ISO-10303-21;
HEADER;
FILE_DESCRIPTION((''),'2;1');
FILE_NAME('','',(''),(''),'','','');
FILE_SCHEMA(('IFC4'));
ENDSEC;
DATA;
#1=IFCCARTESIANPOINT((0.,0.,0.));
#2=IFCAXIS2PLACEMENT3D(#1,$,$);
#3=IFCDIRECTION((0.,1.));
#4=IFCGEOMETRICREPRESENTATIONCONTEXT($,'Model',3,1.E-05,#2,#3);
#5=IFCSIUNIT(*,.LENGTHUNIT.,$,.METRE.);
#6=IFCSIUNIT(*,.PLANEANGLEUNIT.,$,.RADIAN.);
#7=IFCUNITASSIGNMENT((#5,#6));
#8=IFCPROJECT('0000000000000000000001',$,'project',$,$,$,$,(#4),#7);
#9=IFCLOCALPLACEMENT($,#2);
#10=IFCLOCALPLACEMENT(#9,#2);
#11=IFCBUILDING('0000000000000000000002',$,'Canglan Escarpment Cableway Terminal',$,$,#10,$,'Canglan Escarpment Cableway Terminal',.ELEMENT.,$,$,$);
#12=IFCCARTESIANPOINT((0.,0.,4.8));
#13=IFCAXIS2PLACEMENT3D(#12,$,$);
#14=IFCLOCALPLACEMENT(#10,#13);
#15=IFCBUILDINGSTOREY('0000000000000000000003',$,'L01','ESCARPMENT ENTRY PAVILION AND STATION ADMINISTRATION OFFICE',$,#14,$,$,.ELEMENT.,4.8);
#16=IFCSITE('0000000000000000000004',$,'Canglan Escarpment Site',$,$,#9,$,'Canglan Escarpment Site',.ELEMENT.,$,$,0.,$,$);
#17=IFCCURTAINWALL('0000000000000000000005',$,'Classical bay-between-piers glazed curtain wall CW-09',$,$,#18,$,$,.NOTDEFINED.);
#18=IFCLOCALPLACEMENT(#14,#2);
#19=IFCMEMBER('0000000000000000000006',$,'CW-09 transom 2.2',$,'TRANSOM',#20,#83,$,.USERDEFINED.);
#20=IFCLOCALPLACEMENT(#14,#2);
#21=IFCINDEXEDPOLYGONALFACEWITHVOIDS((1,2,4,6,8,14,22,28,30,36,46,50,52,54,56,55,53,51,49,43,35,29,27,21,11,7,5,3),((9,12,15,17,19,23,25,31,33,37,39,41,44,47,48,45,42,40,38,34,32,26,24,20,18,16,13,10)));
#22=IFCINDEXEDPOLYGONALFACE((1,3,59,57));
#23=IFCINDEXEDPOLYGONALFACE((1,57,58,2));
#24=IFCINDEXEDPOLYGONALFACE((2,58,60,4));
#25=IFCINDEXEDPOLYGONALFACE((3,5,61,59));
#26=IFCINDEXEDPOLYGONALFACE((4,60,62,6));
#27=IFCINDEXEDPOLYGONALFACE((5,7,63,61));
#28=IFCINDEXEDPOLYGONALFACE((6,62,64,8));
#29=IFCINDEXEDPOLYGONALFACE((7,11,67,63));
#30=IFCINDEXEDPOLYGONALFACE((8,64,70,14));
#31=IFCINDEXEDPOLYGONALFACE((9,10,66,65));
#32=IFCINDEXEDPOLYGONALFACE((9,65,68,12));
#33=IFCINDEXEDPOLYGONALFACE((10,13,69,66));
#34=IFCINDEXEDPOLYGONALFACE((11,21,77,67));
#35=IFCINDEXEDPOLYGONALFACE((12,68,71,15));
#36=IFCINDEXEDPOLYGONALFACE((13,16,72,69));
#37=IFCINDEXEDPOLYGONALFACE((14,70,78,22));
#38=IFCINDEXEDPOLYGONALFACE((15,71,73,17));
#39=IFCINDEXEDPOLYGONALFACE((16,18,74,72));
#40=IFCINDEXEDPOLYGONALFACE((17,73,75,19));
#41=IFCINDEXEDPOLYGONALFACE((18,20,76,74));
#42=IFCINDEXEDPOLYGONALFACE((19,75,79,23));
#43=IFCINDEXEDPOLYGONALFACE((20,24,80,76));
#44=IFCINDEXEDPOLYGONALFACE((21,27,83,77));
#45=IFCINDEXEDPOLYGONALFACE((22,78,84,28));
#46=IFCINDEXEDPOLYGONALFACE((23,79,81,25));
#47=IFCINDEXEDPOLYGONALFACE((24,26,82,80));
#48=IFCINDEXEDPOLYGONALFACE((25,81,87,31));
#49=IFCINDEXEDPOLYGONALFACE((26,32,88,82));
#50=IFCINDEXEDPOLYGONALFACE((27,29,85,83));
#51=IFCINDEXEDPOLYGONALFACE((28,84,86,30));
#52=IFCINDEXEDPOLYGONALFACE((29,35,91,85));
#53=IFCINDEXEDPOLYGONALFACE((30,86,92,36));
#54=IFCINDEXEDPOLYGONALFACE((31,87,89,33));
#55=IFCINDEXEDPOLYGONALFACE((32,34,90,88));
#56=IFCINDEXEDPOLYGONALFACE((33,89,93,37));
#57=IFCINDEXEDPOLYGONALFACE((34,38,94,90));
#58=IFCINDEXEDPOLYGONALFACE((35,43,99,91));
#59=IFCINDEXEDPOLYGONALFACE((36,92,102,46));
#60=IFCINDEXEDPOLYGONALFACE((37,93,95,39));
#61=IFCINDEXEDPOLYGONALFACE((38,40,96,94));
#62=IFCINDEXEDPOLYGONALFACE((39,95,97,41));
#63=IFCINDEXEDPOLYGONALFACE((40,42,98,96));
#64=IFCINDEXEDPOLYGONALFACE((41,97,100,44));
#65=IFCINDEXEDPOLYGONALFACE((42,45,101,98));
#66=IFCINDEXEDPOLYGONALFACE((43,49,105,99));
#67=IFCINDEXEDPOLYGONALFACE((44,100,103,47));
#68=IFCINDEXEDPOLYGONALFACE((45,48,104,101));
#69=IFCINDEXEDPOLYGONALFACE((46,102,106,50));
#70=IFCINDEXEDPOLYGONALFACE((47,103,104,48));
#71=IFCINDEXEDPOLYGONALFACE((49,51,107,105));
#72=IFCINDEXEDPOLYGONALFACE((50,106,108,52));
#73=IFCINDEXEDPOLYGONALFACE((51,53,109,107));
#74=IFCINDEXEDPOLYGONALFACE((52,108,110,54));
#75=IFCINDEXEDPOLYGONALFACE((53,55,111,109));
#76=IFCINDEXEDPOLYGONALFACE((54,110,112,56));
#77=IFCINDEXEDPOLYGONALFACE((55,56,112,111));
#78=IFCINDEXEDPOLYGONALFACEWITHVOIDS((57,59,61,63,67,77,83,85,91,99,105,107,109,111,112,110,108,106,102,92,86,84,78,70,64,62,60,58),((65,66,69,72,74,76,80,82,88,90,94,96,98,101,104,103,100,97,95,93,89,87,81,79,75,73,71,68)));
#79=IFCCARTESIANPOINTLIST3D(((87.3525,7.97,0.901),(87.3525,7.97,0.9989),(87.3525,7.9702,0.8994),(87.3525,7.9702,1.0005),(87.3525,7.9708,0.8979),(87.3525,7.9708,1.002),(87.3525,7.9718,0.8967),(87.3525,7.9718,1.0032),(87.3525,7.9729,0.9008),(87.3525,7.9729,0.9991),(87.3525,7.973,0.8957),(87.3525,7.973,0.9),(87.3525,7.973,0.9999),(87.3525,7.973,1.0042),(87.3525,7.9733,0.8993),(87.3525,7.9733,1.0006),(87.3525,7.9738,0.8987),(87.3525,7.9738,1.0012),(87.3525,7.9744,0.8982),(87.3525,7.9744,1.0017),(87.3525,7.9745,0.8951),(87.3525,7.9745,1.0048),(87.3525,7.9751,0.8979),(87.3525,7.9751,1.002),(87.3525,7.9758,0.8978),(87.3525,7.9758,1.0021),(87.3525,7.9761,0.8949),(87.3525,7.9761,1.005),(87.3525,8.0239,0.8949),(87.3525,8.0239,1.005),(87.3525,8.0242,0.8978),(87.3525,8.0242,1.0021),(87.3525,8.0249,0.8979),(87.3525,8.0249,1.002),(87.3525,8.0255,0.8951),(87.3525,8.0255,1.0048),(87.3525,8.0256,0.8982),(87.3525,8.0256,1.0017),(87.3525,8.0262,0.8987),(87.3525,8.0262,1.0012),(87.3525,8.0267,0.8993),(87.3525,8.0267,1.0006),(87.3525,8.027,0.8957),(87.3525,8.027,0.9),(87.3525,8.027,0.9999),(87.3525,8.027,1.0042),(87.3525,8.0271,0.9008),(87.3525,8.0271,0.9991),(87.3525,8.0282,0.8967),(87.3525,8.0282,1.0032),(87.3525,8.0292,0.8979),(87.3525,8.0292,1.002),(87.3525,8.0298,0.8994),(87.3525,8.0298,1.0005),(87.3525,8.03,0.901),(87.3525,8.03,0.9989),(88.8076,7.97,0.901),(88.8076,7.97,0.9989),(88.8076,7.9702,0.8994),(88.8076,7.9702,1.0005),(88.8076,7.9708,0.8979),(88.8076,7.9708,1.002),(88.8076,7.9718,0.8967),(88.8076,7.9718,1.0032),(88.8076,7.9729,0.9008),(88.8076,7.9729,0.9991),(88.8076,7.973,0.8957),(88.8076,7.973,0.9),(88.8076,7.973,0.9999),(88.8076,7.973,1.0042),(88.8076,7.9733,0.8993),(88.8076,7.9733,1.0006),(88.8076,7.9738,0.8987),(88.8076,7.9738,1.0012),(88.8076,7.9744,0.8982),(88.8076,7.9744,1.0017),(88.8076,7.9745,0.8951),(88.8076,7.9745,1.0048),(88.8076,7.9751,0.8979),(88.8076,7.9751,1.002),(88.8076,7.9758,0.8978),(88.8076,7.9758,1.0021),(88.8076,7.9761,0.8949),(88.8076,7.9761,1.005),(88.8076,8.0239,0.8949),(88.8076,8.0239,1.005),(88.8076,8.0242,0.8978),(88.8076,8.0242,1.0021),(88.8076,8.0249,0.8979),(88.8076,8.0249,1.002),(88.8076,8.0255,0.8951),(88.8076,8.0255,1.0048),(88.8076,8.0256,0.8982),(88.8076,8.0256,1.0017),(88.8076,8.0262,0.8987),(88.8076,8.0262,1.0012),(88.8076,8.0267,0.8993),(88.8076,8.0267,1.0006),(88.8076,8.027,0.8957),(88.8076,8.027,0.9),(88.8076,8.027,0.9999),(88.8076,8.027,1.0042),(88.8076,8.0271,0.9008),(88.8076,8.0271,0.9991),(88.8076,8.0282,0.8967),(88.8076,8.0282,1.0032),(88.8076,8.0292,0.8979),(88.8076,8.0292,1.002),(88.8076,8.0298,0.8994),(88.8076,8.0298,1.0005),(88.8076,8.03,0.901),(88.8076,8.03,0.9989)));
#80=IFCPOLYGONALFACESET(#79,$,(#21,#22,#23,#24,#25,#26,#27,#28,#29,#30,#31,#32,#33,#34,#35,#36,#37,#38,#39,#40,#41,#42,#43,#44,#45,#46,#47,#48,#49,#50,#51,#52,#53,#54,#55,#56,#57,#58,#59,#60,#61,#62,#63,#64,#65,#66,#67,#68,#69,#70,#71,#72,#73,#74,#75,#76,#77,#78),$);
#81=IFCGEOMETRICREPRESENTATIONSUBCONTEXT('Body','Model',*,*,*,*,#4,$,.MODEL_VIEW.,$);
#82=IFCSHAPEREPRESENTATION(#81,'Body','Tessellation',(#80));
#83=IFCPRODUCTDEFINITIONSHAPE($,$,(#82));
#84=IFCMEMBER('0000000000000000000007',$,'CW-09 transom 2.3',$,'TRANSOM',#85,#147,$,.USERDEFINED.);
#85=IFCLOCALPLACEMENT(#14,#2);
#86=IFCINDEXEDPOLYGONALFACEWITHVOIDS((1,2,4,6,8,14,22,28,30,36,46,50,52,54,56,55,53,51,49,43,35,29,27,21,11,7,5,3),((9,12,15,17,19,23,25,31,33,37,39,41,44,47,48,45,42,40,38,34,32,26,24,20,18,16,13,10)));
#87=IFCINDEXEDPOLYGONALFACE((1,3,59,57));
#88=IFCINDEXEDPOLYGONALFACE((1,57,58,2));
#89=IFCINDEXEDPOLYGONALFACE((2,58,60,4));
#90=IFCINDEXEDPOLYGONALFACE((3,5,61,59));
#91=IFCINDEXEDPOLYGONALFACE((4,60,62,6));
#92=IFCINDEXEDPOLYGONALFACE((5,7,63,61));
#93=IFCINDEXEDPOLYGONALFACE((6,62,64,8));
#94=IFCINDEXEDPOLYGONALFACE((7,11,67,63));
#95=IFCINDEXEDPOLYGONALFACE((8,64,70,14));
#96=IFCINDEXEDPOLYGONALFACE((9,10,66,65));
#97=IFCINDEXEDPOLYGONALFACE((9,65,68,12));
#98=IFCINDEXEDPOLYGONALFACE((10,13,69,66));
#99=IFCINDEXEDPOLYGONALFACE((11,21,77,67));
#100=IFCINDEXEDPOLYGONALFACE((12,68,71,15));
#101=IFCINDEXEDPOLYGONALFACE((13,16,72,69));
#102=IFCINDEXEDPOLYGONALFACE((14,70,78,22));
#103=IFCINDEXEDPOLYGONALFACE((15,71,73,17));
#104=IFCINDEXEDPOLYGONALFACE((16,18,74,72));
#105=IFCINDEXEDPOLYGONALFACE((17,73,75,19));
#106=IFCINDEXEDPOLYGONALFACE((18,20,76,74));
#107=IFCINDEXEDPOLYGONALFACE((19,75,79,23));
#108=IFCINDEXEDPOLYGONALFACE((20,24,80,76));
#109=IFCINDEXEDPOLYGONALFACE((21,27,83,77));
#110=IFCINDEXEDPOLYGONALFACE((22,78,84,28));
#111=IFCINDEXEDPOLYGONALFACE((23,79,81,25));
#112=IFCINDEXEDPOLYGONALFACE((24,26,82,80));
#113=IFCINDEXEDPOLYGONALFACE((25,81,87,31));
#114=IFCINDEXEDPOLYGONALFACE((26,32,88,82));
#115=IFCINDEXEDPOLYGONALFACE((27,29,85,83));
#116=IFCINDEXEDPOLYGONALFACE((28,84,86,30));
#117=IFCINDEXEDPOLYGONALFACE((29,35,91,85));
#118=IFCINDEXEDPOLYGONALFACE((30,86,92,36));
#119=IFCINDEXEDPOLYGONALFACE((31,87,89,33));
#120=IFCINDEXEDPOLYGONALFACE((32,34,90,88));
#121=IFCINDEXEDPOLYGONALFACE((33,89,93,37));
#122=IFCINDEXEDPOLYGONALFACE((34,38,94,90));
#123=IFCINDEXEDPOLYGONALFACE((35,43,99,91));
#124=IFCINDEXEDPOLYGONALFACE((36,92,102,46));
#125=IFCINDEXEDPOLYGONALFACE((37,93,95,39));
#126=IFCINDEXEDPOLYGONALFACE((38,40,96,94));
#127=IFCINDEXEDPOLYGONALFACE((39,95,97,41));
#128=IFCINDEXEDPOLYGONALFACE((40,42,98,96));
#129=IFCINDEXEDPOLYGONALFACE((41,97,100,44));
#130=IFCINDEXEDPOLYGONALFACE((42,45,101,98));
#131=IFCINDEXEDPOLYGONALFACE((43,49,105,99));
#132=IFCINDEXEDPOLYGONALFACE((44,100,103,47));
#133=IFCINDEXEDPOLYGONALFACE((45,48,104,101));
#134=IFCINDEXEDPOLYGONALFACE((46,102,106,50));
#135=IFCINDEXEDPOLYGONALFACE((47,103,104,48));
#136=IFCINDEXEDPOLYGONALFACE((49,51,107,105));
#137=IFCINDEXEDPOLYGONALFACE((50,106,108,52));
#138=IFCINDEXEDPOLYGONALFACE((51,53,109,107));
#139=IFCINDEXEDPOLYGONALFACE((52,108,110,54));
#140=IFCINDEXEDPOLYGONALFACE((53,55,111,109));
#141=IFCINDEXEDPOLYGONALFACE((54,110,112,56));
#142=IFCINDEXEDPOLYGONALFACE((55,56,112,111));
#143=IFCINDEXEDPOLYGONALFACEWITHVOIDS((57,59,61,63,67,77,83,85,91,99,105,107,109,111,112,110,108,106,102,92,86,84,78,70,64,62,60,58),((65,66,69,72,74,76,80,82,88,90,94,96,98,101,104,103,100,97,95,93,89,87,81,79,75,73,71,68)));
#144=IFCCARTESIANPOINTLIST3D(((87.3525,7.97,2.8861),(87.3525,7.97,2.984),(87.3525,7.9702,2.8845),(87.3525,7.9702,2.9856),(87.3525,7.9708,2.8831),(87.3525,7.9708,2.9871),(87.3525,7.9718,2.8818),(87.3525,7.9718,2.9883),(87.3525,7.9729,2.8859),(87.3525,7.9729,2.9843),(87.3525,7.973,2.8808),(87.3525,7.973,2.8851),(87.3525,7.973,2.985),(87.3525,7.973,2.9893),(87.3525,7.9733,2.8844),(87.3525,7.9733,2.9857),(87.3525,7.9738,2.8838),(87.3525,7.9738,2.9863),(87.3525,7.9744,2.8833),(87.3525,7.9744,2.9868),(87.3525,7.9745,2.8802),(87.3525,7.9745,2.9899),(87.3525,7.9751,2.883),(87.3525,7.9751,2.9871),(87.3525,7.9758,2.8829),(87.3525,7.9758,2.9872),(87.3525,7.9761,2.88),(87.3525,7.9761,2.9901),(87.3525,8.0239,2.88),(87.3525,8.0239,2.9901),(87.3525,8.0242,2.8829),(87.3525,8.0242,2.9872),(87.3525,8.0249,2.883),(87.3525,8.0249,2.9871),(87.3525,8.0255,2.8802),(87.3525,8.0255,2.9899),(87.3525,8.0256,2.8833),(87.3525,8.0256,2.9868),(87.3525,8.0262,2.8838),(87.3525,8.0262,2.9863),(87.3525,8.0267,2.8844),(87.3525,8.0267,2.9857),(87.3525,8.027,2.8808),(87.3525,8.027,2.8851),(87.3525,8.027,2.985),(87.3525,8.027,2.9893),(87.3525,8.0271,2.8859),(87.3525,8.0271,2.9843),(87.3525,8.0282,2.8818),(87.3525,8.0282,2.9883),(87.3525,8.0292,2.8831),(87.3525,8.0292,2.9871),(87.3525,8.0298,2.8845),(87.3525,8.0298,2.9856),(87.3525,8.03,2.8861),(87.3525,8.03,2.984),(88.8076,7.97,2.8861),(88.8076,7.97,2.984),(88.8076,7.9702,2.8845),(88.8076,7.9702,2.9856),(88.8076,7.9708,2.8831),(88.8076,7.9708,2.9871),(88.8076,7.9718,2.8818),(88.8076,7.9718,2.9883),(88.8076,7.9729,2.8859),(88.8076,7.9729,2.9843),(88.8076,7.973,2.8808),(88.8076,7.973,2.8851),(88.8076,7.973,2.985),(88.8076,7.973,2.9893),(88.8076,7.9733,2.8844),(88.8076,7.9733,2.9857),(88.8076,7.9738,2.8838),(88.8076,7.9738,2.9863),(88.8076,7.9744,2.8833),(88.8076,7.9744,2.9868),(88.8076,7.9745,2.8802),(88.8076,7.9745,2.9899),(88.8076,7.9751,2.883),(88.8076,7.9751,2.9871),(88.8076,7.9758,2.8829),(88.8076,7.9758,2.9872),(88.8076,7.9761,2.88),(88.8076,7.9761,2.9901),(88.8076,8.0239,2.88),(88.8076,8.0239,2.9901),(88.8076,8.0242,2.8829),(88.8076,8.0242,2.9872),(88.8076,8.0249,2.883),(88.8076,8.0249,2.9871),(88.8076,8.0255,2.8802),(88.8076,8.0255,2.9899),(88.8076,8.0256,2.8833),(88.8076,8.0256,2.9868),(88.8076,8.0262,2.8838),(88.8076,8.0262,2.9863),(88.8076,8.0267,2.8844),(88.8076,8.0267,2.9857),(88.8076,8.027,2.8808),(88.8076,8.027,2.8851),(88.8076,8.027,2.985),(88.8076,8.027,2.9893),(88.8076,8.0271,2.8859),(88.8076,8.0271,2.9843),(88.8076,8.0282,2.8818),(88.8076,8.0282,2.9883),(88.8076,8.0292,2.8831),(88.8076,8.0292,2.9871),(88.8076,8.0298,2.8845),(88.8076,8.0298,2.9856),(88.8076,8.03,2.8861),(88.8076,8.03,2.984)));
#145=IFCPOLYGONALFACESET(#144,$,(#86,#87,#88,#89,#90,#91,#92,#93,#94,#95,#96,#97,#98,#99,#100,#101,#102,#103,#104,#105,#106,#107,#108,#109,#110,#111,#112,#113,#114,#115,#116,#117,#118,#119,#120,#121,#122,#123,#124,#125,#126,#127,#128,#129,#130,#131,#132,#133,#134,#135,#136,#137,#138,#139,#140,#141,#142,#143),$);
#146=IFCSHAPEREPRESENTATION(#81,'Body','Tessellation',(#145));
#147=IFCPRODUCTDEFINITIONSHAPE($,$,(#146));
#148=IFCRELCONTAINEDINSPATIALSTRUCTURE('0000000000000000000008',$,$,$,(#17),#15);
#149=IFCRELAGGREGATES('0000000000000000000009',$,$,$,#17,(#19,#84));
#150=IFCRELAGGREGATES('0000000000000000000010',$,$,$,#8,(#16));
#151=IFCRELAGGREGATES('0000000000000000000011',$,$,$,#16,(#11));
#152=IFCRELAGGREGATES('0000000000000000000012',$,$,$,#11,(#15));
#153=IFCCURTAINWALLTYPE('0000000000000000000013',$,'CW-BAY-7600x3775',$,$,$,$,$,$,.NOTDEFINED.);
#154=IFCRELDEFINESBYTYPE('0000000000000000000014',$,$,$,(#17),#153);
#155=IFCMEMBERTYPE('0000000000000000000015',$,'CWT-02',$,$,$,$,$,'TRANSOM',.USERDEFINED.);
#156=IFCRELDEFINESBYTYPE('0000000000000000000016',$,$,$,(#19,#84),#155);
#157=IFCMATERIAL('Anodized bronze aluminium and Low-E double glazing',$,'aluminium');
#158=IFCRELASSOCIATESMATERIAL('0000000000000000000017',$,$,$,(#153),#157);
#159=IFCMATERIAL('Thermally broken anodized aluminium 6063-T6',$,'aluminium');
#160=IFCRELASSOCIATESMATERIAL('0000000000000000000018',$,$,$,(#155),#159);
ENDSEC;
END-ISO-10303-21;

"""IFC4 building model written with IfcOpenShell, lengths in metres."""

from ifc_helpers import new_model, si_unit, direction, frame, origin, origin_2d, place, context, subcontext, project, spatial, hollow_rectangle, extrude, material, material_profile, profile_set, type_object, element, aggregate, save


model = new_model("IFC4")

# Units and contexts
model_context = context("Model", 3, precision=1e-05, world=origin(), true_north=direction((0.0, 1.0)))
body_context = subcontext(model_context, "Body", "Model", "MODEL_VIEW")
ifc_project = project(units=[si_unit("LENGTHUNIT", "METRE"), si_unit("PLANEANGLEUNIT", "RADIAN")], contexts=[model_context])

# Site, building, storey
site_placement = place(None, origin())
site = spatial("IfcSite", under=ifc_project, at=site_placement, Name="Canglan Escarpment Site", LongName="Canglan Escarpment Site", CompositionType="ELEMENT", RefElevation=0.0)
building_placement = place(site_placement, origin())
building = spatial("IfcBuilding", under=site, at=building_placement, Name="Canglan Escarpment Cableway Terminal", LongName="Canglan Escarpment Cableway Terminal", CompositionType="ELEMENT")
storey_placement = place(building_placement, frame((0.0, 0.0, 4.8)))
storey = spatial("IfcBuildingStorey", under=building, at=storey_placement, Name="L01", Description="ESCARPMENT ENTRY PAVILION AND STATION ADMINISTRATION OFFICE", CompositionType="ELEMENT", Elevation=4.8)

# Curtain wall, members
ifc_material_1 = material(Name="Anodized bronze aluminium and Low-E double glazing", Category="aluminium")
curtain_wall_type = type_object("IfcCurtainWallType", Name="CW-BAY-7600x3775", PredefinedType="NOTDEFINED", material=ifc_material_1)
curtain_wall_placement = place(storey_placement, origin())
curtain_wall = element("IfcCurtainWall", 1, at=curtain_wall_placement, inside=storey, type_object=curtain_wall_type, Name="Classical bay-between-piers glazed curtain wall CW-09", PredefinedType="NOTDEFINED")
ifc_material_2 = material(Name="Thermally broken anodized aluminium 6063-T6", Category="aluminium")
ifc_material_profile_1 = material_profile(ifc_material_2, hollow_rectangle(XDim=0.0601, YDim=0.1101, WallThickness=0.0029, InnerFilletRadius=0.0029, OuterFilletRadius=0.0061, at=origin_2d()), Name="ALU-TRAN 60x110x3")
ifc_profile_set_1 = profile_set([ifc_material_profile_1], Name="Thermally broken anodized aluminium 6063-T6")
member_type_1 = type_object("IfcMemberType", Name="CWT-02", ElementType="TRANSOM", PredefinedType="USERDEFINED", material=ifc_profile_set_1)
member_1_placement = place(storey_placement, frame((87.3525, 8.0, 0.95), z_axis=(1.0, 0.0, 0.0), x_axis=(0.0, 1.0, 0.0)))
member_1 = element("IfcMember", 2, at=member_1_placement, type_object=member_type_1, Name="CW-09 transom 2.2", ObjectType="TRANSOM", PredefinedType="USERDEFINED", context=body_context, shape_type="SweptSolid", body=[
    extrude(hollow_rectangle(XDim=0.0601, YDim=0.1101, WallThickness=0.0029, InnerFilletRadius=0.0029, OuterFilletRadius=0.0061, at=origin_2d()), origin(), (0.0, 0.0, 1.0), 1.4551),
])
member_2_placement = place(storey_placement, frame((87.3525, 8.0, 2.9351), z_axis=(1.0, 0.0, 0.0), x_axis=(0.0, 1.0, 0.0)))
member_2 = element("IfcMember", 3, at=member_2_placement, type_object=member_type_1, Name="CW-09 transom 2.3", ObjectType="TRANSOM", PredefinedType="USERDEFINED", context=body_context, shape_type="SweptSolid", body=[
    extrude(hollow_rectangle(XDim=0.0601, YDim=0.1101, WallThickness=0.0029, InnerFilletRadius=0.0029, OuterFilletRadius=0.0061, at=origin_2d()), origin(), (0.0, 0.0, 1.0), 1.4551),
])
aggregate(curtain_wall, [member_1, member_2])

save(model, "model.ifc")
